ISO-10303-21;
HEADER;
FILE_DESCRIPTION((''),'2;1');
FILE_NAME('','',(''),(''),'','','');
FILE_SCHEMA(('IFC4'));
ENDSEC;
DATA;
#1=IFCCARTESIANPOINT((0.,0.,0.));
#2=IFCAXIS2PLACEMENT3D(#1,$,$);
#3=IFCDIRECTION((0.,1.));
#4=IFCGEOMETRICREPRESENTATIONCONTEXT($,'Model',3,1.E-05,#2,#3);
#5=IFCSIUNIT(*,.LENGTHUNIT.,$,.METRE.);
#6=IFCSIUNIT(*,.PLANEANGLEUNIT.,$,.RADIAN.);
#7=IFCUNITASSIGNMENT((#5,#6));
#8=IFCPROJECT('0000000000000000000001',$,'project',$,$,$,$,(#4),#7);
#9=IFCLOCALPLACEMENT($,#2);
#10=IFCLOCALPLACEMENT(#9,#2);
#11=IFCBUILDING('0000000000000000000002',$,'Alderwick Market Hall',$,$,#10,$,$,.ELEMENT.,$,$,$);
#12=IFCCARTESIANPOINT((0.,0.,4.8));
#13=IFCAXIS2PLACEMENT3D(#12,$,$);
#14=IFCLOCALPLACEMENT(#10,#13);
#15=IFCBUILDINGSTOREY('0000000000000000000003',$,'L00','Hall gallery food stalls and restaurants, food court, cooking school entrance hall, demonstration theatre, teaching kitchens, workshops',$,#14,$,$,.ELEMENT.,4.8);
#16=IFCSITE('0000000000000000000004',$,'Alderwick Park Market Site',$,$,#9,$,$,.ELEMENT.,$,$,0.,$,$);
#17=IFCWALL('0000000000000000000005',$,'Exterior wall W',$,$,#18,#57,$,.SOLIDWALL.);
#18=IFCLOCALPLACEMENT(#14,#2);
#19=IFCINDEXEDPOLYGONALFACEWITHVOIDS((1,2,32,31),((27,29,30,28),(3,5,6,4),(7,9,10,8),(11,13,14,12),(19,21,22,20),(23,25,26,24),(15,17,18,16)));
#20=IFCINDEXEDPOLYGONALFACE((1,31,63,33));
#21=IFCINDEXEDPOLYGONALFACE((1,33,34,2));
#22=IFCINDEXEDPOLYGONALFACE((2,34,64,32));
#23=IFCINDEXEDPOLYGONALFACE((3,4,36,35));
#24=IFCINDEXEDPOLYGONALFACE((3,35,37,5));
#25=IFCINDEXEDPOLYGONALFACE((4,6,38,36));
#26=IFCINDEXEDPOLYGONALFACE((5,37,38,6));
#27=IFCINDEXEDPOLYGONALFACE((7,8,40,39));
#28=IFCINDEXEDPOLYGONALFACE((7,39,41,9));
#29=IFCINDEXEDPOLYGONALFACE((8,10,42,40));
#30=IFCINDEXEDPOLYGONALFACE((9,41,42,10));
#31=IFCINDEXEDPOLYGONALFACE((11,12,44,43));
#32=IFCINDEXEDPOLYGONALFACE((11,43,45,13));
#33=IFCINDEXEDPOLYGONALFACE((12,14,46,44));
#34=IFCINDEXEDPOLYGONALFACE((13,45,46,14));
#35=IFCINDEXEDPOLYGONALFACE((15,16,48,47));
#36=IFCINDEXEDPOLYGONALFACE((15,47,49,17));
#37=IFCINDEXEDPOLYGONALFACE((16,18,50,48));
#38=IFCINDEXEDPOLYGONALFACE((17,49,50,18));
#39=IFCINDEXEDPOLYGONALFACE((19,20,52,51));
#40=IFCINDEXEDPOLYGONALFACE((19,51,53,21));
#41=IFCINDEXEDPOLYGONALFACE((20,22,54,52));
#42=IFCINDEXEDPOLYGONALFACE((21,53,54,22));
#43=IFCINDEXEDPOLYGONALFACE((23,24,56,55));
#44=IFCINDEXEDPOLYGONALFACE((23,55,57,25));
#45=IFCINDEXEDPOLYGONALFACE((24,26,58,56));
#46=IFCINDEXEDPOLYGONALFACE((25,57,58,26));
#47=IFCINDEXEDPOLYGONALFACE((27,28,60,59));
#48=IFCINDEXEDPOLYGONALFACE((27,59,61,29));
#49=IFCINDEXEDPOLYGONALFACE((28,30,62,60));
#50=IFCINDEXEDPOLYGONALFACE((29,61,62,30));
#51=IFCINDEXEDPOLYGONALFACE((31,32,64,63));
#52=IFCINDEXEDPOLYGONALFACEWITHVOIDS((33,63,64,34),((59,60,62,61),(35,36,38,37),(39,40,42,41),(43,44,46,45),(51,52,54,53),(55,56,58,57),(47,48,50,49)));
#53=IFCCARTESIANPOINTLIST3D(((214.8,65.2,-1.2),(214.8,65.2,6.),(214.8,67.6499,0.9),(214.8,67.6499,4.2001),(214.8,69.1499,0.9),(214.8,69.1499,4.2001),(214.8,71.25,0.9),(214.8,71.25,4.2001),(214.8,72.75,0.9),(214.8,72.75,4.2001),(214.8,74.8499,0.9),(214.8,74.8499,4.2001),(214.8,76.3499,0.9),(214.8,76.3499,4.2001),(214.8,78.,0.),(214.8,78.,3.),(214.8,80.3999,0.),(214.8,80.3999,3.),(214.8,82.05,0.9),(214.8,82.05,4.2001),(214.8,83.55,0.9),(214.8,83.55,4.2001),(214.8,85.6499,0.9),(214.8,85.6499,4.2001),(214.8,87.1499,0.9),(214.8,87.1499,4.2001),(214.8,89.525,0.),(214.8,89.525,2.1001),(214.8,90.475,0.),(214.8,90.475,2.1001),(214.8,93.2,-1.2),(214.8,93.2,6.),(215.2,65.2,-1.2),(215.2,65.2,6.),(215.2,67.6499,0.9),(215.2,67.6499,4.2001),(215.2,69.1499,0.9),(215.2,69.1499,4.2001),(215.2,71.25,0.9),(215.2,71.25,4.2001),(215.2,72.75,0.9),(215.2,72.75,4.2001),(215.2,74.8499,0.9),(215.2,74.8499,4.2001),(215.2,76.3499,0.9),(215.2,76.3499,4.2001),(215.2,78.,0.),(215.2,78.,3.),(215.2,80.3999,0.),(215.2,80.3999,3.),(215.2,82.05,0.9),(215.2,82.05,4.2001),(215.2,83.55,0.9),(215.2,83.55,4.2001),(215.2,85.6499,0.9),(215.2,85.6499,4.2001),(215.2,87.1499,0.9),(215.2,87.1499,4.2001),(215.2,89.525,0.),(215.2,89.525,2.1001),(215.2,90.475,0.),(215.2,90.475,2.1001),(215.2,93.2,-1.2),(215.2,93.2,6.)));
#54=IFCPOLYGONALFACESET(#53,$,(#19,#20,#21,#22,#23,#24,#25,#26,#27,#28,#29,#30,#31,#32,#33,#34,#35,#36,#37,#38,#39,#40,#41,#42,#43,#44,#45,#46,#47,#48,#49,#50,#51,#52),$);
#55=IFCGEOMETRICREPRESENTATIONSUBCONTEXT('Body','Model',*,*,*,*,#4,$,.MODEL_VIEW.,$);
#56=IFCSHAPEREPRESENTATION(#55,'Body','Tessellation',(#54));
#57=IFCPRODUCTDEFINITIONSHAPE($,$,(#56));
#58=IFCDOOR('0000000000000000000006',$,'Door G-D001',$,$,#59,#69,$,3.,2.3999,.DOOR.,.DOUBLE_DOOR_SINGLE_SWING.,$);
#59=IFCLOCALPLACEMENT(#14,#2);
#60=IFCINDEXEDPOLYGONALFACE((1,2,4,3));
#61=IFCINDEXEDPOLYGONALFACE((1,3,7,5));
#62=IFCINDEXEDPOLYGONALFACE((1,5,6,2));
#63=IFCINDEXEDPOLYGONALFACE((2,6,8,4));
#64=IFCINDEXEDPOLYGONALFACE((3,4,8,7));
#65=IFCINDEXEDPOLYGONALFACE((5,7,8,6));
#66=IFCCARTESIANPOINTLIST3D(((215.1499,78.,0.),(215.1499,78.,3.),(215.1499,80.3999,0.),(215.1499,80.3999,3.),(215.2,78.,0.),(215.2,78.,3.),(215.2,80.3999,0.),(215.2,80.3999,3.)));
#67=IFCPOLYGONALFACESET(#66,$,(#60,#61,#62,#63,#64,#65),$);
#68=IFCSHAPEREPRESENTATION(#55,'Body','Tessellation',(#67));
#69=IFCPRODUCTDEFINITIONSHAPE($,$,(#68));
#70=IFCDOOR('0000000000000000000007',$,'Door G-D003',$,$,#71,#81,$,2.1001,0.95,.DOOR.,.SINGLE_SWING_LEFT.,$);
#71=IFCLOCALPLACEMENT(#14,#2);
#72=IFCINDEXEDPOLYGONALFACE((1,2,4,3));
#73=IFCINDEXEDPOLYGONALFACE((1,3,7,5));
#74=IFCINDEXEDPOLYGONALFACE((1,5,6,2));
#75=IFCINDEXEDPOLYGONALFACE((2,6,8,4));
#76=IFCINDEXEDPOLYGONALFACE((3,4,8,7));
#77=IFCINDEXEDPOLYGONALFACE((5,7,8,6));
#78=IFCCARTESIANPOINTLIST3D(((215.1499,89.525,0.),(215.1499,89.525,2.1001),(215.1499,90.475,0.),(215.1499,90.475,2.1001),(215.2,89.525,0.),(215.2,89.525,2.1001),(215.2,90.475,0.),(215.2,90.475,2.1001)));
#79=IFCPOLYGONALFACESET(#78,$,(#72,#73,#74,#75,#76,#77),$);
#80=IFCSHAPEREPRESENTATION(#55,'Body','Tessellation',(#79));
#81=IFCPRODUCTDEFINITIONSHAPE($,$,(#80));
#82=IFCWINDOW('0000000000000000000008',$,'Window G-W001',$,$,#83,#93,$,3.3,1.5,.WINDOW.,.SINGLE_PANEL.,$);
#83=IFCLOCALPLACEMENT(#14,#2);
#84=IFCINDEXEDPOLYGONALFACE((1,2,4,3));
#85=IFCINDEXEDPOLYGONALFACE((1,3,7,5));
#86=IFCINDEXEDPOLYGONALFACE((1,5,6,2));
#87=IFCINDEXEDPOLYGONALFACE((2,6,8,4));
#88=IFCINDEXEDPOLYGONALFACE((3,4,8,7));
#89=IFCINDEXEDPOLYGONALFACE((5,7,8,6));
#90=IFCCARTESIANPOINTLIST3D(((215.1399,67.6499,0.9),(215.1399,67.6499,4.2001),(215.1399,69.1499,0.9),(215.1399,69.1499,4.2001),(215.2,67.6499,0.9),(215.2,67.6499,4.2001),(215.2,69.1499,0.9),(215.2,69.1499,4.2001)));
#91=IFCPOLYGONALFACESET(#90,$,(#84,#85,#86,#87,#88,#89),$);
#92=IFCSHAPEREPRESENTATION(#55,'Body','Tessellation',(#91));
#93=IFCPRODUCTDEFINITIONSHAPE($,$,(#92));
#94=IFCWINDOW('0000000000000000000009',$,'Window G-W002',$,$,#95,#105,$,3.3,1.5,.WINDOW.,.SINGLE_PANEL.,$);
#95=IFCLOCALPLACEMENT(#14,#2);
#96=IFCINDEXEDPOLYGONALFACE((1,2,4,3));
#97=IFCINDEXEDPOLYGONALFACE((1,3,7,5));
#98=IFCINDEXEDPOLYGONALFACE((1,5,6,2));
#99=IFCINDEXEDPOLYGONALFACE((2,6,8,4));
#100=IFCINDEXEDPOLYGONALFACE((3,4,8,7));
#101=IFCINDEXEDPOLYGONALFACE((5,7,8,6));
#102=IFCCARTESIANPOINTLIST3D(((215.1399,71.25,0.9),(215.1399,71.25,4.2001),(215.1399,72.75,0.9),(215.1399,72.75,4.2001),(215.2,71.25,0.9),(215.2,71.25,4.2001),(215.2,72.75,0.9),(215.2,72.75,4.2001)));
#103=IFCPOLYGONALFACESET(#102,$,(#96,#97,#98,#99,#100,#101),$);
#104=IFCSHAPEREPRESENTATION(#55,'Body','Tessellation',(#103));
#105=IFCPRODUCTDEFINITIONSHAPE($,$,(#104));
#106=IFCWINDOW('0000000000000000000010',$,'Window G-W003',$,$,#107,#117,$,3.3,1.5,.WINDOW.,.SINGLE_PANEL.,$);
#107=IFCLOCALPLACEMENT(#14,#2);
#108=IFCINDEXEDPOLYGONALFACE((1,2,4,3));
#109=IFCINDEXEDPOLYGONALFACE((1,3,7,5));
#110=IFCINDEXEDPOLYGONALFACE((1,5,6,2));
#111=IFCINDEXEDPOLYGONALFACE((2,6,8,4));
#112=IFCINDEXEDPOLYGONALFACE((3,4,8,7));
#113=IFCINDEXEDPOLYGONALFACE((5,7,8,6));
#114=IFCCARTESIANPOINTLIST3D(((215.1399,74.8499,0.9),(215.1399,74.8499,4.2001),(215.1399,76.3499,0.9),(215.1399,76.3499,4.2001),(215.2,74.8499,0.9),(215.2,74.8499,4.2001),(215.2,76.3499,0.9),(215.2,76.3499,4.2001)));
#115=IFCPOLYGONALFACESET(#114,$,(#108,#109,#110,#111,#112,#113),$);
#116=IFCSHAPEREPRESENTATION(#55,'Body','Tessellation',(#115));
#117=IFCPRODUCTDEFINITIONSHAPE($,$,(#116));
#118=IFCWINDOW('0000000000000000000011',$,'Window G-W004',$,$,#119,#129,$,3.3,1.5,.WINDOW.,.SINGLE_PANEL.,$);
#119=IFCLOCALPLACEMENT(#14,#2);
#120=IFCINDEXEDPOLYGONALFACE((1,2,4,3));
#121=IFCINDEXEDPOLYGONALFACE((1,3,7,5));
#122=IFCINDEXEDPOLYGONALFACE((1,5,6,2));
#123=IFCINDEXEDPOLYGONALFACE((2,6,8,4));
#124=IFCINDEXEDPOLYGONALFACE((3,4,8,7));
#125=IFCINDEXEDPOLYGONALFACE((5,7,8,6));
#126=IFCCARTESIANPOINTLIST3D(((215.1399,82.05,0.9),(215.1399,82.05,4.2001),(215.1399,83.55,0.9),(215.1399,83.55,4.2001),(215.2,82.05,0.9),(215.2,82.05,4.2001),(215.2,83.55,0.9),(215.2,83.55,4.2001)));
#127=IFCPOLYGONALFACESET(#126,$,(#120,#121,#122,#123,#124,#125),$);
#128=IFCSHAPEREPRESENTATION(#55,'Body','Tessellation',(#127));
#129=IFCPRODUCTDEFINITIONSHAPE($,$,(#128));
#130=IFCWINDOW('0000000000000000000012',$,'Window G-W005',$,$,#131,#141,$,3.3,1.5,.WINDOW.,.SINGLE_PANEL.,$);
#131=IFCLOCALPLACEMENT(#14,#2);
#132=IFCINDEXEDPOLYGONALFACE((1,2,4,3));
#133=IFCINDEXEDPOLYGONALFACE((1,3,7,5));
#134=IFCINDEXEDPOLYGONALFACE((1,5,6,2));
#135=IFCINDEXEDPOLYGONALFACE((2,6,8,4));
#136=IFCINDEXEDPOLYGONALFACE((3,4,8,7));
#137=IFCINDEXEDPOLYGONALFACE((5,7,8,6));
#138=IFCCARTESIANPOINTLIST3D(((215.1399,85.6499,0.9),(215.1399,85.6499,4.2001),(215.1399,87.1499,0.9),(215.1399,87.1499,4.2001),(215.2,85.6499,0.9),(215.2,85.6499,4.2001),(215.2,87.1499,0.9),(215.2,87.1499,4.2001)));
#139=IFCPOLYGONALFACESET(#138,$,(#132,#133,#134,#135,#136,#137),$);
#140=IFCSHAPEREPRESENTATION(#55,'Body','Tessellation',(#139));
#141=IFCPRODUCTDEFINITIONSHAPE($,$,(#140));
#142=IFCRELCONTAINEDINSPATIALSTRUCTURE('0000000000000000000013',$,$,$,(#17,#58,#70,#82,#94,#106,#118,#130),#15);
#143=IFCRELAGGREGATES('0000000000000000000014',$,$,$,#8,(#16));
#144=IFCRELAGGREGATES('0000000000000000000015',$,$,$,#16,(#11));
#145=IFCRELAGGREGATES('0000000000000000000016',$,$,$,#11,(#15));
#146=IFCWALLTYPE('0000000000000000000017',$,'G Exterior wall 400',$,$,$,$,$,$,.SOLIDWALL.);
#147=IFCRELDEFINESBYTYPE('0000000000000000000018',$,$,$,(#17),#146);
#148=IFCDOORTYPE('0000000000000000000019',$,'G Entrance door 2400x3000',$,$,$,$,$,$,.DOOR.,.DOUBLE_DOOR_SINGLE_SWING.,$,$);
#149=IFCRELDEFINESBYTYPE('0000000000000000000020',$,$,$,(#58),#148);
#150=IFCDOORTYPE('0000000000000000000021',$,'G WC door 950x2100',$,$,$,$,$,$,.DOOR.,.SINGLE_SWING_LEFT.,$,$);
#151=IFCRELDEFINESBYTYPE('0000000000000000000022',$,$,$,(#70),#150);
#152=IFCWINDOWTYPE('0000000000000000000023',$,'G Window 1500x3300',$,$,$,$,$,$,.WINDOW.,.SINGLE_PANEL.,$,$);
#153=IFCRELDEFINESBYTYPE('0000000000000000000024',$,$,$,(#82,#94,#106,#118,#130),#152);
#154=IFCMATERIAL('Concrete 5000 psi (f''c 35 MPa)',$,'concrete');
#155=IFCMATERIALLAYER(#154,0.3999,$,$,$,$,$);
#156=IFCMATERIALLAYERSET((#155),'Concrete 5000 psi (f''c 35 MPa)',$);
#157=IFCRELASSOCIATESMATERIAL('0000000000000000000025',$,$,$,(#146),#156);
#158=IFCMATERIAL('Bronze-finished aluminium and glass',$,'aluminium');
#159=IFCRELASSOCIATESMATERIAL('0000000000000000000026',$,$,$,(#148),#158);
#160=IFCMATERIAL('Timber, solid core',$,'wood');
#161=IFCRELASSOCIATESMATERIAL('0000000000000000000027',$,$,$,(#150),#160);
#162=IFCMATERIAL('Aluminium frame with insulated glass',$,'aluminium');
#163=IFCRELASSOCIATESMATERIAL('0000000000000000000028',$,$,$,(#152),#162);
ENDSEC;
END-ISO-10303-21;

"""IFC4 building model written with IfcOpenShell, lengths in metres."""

from ifc_helpers import new_model, si_unit, direction, frame, frame_2d, origin, place, context, subcontext, project, spatial, rectangle, extrude, material, layer, layer_set, type_object, element, fill, save


model = new_model("IFC4")

# Units and contexts
model_context = context("Model", 3, precision=1e-05, world=origin(), true_north=direction((0.0, 1.0)))
body_context = subcontext(model_context, "Body", "Model", "MODEL_VIEW")
ifc_project = project(units=[si_unit("LENGTHUNIT", "METRE"), si_unit("PLANEANGLEUNIT", "RADIAN")], contexts=[model_context])

# Site, building, storey
site_placement = place(None, origin())
site = spatial("IfcSite", under=ifc_project, at=site_placement, Name="Alderwick Park Market Site", CompositionType="ELEMENT", RefElevation=0.0)
building_placement = place(site_placement, origin())
building = spatial("IfcBuilding", under=site, at=building_placement, Name="Alderwick Market Hall", CompositionType="ELEMENT")
storey_placement = place(building_placement, frame((0.0, 0.0, 4.8)))
storey = spatial("IfcBuildingStorey", under=building, at=storey_placement, Name="L00", Description="Hall gallery food stalls and restaurants, food court, cooking school entrance hall, demonstration theatre, teaching kitchens, workshops", CompositionType="ELEMENT", Elevation=4.8)

# Shared definitions
ifc_material_1 = material(Name="Concrete 5000 psi (f'c 35 MPa)", Category="concrete")

# Shared definitions
ifc_layer = layer(ifc_material_1, 0.3999)
ifc_layer_set = layer_set([ifc_layer], Name="Concrete 5000 psi (f'c 35 MPa)")
wall_type = type_object("IfcWallType", Name="G Exterior wall 400", PredefinedType="SOLIDWALL", material=ifc_layer_set)
ifc_material_2 = material(Name="Bronze-finished aluminium and glass", Category="aluminium")
ifc_material_3 = material(Name="Aluminium frame with insulated glass", Category="aluminium")

# Wall, openings, doors, windows
wall_1_placement = place(storey_placement, frame((215.0, 65.2, -1.2), z_axis=(0.0, 0.0, 1.0), x_axis=(0.0, 1.0, 0.0)))
wall_1 = element("IfcWall", 1, at=wall_1_placement, inside=storey, type_object=wall_type, Name="Exterior wall W", PredefinedType="SOLIDWALL", context=body_context, shape_type="SweptSolid", body=[
    extrude(rectangle(XDim=28.0, YDim=0.3999, at=frame_2d((14.0, 0.0))), origin(), (0.0, 0.0, 1.0), 7.2),
])
opening_1_placement = place(wall_1_placement, frame((12.8, 0.0, 1.2)))
opening_1 = element("IfcOpeningElement", 2, at=opening_1_placement, cuts=wall_1, PredefinedType="OPENING", context=body_context, shape_type="SweptSolid", body=[
    extrude(rectangle(XDim=2.3999, YDim=3.0, at=frame_2d((1.2, 1.5))), frame((0.0, 0.21, 0.0), z_axis=(0.0, -1.0, 0.0), x_axis=(1.0, 0.0, 0.0)), (0.0, 0.0, 1.0), 0.4199),
])
opening_2_placement = place(wall_1_placement, frame((24.325, 0.0, 1.2)))
opening_2 = element("IfcOpeningElement", 3, at=opening_2_placement, cuts=wall_1, PredefinedType="OPENING", context=body_context, shape_type="SweptSolid", body=[
    extrude(rectangle(XDim=0.95, YDim=2.1001, at=frame_2d((0.4751, 1.05))), frame((0.0, 0.21, 0.0), z_axis=(0.0, -1.0, 0.0), x_axis=(1.0, 0.0, 0.0)), (0.0, 0.0, 1.0), 0.4199),
])
opening_3_placement = place(wall_1_placement, frame((2.45, 0.0, 2.1001)))
opening_3 = element("IfcOpeningElement", 4, at=opening_3_placement, cuts=wall_1, PredefinedType="OPENING", context=body_context, shape_type="SweptSolid", body=[
    extrude(rectangle(XDim=1.5, YDim=3.3, at=frame_2d((0.75, 1.6499))), frame((0.0, 0.21, 0.0), z_axis=(0.0, -1.0, 0.0), x_axis=(1.0, 0.0, 0.0)), (0.0, 0.0, 1.0), 0.4199),
])
opening_4_placement = place(wall_1_placement, frame((6.05, 0.0, 2.1001)))
opening_4 = element("IfcOpeningElement", 5, at=opening_4_placement, cuts=wall_1, PredefinedType="OPENING", context=body_context, shape_type="SweptSolid", body=[
    extrude(rectangle(XDim=1.5, YDim=3.3, at=frame_2d((0.75, 1.6499))), frame((0.0, 0.21, 0.0), z_axis=(0.0, -1.0, 0.0), x_axis=(1.0, 0.0, 0.0)), (0.0, 0.0, 1.0), 0.4199),
])
opening_5_placement = place(wall_1_placement, frame((9.6499, 0.0, 2.1001)))
opening_5 = element("IfcOpeningElement", 6, at=opening_5_placement, cuts=wall_1, PredefinedType="OPENING", context=body_context, shape_type="SweptSolid", body=[
    extrude(rectangle(XDim=1.5, YDim=3.3, at=frame_2d((0.75, 1.6499))), frame((0.0, 0.21, 0.0), z_axis=(0.0, -1.0, 0.0), x_axis=(1.0, 0.0, 0.0)), (0.0, 0.0, 1.0), 0.4199),
])
opening_6_placement = place(wall_1_placement, frame((16.8501, 0.0, 2.1001)))
opening_6 = element("IfcOpeningElement", 7, at=opening_6_placement, cuts=wall_1, PredefinedType="OPENING", context=body_context, shape_type="SweptSolid", body=[
    extrude(rectangle(XDim=1.5, YDim=3.3, at=frame_2d((0.75, 1.6499))), frame((0.0, 0.21, 0.0), z_axis=(0.0, -1.0, 0.0), x_axis=(1.0, 0.0, 0.0)), (0.0, 0.0, 1.0), 0.4199),
])
opening_7_placement = place(wall_1_placement, frame((20.45, 0.0, 2.1001)))
opening_7 = element("IfcOpeningElement", 8, at=opening_7_placement, cuts=wall_1, PredefinedType="OPENING", context=body_context, shape_type="SweptSolid", body=[
    extrude(rectangle(XDim=1.5, YDim=3.3, at=frame_2d((0.75, 1.6499))), frame((0.0, 0.21, 0.0), z_axis=(0.0, -1.0, 0.0), x_axis=(1.0, 0.0, 0.0)), (0.0, 0.0, 1.0), 0.4199),
])
door_type_1 = type_object("IfcDoorType", Name="G Entrance door 2400x3000", OperationType="DOUBLE_DOOR_SINGLE_SWING", PredefinedType="DOOR", material=ifc_material_2)
door_1_placement = place(opening_1_placement, origin())
door_1 = element("IfcDoor", 9, at=door_1_placement, inside=storey, type_object=door_type_1, Name="Door G-D001", OperationType="DOUBLE_DOOR_SINGLE_SWING", OverallHeight=3.0, OverallWidth=2.3999, PredefinedType="DOOR", context=body_context, shape_type="SweptSolid", body=[
    extrude(rectangle(XDim=2.3999, YDim=3.0, at=frame_2d((1.2, 1.5))), frame((0.0, -0.1499, 0.0), z_axis=(0.0, -1.0, 0.0), x_axis=(1.0, 0.0, 0.0)), (0.0, 0.0, 1.0), 0.05),
])
fill(opening_1, door_1)
ifc_material_4 = material(Name="Timber, solid core", Category="wood")
door_type_2 = type_object("IfcDoorType", Name="G WC door 950x2100", OperationType="SINGLE_SWING_LEFT", PredefinedType="DOOR", material=ifc_material_4)
door_2_placement = place(opening_2_placement, origin())
door_2 = element("IfcDoor", 10, at=door_2_placement, inside=storey, type_object=door_type_2, Name="Door G-D003", OperationType="SINGLE_SWING_LEFT", OverallHeight=2.1001, OverallWidth=0.95, PredefinedType="DOOR", context=body_context, shape_type="SweptSolid", body=[
    extrude(rectangle(XDim=0.95, YDim=2.1001, at=frame_2d((0.4751, 1.05))), frame((0.0, -0.1499, 0.0), z_axis=(0.0, -1.0, 0.0), x_axis=(1.0, 0.0, 0.0)), (0.0, 0.0, 1.0), 0.05),
])
fill(opening_2, door_2)
window_type_1 = type_object("IfcWindowType", Name="G Window 1500x3300", PartitioningType="SINGLE_PANEL", PredefinedType="WINDOW", material=ifc_material_3)
window_1_placement = place(opening_3_placement, origin())
window_1 = element("IfcWindow", 11, at=window_1_placement, inside=storey, type_object=window_type_1, Name="Window G-W001", OverallHeight=3.3, OverallWidth=1.5, PartitioningType="SINGLE_PANEL", PredefinedType="WINDOW", context=body_context, shape_type="SweptSolid", body=[
    extrude(rectangle(XDim=1.5, YDim=3.3, at=frame_2d((0.75, 1.6499))), frame((0.0, -0.1399, 0.0), z_axis=(0.0, -1.0, 0.0), x_axis=(1.0, 0.0, 0.0)), (0.0, 0.0, 1.0), 0.0601),
])
fill(opening_3, window_1)
window_2_placement = place(opening_4_placement, origin())
window_2 = element("IfcWindow", 12, at=window_2_placement, inside=storey, type_object=window_type_1, Name="Window G-W002", OverallHeight=3.3, OverallWidth=1.5, PartitioningType="SINGLE_PANEL", PredefinedType="WINDOW", context=body_context, shape_type="SweptSolid", body=[
    extrude(rectangle(XDim=1.5, YDim=3.3, at=frame_2d((0.75, 1.6499))), frame((0.0, -0.1399, 0.0), z_axis=(0.0, -1.0, 0.0), x_axis=(1.0, 0.0, 0.0)), (0.0, 0.0, 1.0), 0.0601),
])
fill(opening_4, window_2)
window_3_placement = place(opening_5_placement, origin())
window_3 = element("IfcWindow", 13, at=window_3_placement, inside=storey, type_object=window_type_1, Name="Window G-W003", OverallHeight=3.3, OverallWidth=1.5, PartitioningType="SINGLE_PANEL", PredefinedType="WINDOW", context=body_context, shape_type="SweptSolid", body=[
    extrude(rectangle(XDim=1.5, YDim=3.3, at=frame_2d((0.75, 1.6499))), frame((0.0, -0.1399, 0.0), z_axis=(0.0, -1.0, 0.0), x_axis=(1.0, 0.0, 0.0)), (0.0, 0.0, 1.0), 0.0601),
])
fill(opening_5, window_3)
window_4_placement = place(opening_6_placement, origin())
window_4 = element("IfcWindow", 14, at=window_4_placement, inside=storey, type_object=window_type_1, Name="Window G-W004", OverallHeight=3.3, OverallWidth=1.5, PartitioningType="SINGLE_PANEL", PredefinedType="WINDOW", context=body_context, shape_type="SweptSolid", body=[
    extrude(rectangle(XDim=1.5, YDim=3.3, at=frame_2d((0.75, 1.6499))), frame((0.0, -0.1399, 0.0), z_axis=(0.0, -1.0, 0.0), x_axis=(1.0, 0.0, 0.0)), (0.0, 0.0, 1.0), 0.0601),
])
fill(opening_6, window_4)
window_5_placement = place(opening_7_placement, origin())
window_5 = element("IfcWindow", 15, at=window_5_placement, inside=storey, type_object=window_type_1, Name="Window G-W005", OverallHeight=3.3, OverallWidth=1.5, PartitioningType="SINGLE_PANEL", PredefinedType="WINDOW", context=body_context, shape_type="SweptSolid", body=[
    extrude(rectangle(XDim=1.5, YDim=3.3, at=frame_2d((0.75, 1.6499))), frame((0.0, -0.1399, 0.0), z_axis=(0.0, -1.0, 0.0), x_axis=(1.0, 0.0, 0.0)), (0.0, 0.0, 1.0), 0.0601),
])
fill(opening_7, window_5)

save(model, "model.ifc")
